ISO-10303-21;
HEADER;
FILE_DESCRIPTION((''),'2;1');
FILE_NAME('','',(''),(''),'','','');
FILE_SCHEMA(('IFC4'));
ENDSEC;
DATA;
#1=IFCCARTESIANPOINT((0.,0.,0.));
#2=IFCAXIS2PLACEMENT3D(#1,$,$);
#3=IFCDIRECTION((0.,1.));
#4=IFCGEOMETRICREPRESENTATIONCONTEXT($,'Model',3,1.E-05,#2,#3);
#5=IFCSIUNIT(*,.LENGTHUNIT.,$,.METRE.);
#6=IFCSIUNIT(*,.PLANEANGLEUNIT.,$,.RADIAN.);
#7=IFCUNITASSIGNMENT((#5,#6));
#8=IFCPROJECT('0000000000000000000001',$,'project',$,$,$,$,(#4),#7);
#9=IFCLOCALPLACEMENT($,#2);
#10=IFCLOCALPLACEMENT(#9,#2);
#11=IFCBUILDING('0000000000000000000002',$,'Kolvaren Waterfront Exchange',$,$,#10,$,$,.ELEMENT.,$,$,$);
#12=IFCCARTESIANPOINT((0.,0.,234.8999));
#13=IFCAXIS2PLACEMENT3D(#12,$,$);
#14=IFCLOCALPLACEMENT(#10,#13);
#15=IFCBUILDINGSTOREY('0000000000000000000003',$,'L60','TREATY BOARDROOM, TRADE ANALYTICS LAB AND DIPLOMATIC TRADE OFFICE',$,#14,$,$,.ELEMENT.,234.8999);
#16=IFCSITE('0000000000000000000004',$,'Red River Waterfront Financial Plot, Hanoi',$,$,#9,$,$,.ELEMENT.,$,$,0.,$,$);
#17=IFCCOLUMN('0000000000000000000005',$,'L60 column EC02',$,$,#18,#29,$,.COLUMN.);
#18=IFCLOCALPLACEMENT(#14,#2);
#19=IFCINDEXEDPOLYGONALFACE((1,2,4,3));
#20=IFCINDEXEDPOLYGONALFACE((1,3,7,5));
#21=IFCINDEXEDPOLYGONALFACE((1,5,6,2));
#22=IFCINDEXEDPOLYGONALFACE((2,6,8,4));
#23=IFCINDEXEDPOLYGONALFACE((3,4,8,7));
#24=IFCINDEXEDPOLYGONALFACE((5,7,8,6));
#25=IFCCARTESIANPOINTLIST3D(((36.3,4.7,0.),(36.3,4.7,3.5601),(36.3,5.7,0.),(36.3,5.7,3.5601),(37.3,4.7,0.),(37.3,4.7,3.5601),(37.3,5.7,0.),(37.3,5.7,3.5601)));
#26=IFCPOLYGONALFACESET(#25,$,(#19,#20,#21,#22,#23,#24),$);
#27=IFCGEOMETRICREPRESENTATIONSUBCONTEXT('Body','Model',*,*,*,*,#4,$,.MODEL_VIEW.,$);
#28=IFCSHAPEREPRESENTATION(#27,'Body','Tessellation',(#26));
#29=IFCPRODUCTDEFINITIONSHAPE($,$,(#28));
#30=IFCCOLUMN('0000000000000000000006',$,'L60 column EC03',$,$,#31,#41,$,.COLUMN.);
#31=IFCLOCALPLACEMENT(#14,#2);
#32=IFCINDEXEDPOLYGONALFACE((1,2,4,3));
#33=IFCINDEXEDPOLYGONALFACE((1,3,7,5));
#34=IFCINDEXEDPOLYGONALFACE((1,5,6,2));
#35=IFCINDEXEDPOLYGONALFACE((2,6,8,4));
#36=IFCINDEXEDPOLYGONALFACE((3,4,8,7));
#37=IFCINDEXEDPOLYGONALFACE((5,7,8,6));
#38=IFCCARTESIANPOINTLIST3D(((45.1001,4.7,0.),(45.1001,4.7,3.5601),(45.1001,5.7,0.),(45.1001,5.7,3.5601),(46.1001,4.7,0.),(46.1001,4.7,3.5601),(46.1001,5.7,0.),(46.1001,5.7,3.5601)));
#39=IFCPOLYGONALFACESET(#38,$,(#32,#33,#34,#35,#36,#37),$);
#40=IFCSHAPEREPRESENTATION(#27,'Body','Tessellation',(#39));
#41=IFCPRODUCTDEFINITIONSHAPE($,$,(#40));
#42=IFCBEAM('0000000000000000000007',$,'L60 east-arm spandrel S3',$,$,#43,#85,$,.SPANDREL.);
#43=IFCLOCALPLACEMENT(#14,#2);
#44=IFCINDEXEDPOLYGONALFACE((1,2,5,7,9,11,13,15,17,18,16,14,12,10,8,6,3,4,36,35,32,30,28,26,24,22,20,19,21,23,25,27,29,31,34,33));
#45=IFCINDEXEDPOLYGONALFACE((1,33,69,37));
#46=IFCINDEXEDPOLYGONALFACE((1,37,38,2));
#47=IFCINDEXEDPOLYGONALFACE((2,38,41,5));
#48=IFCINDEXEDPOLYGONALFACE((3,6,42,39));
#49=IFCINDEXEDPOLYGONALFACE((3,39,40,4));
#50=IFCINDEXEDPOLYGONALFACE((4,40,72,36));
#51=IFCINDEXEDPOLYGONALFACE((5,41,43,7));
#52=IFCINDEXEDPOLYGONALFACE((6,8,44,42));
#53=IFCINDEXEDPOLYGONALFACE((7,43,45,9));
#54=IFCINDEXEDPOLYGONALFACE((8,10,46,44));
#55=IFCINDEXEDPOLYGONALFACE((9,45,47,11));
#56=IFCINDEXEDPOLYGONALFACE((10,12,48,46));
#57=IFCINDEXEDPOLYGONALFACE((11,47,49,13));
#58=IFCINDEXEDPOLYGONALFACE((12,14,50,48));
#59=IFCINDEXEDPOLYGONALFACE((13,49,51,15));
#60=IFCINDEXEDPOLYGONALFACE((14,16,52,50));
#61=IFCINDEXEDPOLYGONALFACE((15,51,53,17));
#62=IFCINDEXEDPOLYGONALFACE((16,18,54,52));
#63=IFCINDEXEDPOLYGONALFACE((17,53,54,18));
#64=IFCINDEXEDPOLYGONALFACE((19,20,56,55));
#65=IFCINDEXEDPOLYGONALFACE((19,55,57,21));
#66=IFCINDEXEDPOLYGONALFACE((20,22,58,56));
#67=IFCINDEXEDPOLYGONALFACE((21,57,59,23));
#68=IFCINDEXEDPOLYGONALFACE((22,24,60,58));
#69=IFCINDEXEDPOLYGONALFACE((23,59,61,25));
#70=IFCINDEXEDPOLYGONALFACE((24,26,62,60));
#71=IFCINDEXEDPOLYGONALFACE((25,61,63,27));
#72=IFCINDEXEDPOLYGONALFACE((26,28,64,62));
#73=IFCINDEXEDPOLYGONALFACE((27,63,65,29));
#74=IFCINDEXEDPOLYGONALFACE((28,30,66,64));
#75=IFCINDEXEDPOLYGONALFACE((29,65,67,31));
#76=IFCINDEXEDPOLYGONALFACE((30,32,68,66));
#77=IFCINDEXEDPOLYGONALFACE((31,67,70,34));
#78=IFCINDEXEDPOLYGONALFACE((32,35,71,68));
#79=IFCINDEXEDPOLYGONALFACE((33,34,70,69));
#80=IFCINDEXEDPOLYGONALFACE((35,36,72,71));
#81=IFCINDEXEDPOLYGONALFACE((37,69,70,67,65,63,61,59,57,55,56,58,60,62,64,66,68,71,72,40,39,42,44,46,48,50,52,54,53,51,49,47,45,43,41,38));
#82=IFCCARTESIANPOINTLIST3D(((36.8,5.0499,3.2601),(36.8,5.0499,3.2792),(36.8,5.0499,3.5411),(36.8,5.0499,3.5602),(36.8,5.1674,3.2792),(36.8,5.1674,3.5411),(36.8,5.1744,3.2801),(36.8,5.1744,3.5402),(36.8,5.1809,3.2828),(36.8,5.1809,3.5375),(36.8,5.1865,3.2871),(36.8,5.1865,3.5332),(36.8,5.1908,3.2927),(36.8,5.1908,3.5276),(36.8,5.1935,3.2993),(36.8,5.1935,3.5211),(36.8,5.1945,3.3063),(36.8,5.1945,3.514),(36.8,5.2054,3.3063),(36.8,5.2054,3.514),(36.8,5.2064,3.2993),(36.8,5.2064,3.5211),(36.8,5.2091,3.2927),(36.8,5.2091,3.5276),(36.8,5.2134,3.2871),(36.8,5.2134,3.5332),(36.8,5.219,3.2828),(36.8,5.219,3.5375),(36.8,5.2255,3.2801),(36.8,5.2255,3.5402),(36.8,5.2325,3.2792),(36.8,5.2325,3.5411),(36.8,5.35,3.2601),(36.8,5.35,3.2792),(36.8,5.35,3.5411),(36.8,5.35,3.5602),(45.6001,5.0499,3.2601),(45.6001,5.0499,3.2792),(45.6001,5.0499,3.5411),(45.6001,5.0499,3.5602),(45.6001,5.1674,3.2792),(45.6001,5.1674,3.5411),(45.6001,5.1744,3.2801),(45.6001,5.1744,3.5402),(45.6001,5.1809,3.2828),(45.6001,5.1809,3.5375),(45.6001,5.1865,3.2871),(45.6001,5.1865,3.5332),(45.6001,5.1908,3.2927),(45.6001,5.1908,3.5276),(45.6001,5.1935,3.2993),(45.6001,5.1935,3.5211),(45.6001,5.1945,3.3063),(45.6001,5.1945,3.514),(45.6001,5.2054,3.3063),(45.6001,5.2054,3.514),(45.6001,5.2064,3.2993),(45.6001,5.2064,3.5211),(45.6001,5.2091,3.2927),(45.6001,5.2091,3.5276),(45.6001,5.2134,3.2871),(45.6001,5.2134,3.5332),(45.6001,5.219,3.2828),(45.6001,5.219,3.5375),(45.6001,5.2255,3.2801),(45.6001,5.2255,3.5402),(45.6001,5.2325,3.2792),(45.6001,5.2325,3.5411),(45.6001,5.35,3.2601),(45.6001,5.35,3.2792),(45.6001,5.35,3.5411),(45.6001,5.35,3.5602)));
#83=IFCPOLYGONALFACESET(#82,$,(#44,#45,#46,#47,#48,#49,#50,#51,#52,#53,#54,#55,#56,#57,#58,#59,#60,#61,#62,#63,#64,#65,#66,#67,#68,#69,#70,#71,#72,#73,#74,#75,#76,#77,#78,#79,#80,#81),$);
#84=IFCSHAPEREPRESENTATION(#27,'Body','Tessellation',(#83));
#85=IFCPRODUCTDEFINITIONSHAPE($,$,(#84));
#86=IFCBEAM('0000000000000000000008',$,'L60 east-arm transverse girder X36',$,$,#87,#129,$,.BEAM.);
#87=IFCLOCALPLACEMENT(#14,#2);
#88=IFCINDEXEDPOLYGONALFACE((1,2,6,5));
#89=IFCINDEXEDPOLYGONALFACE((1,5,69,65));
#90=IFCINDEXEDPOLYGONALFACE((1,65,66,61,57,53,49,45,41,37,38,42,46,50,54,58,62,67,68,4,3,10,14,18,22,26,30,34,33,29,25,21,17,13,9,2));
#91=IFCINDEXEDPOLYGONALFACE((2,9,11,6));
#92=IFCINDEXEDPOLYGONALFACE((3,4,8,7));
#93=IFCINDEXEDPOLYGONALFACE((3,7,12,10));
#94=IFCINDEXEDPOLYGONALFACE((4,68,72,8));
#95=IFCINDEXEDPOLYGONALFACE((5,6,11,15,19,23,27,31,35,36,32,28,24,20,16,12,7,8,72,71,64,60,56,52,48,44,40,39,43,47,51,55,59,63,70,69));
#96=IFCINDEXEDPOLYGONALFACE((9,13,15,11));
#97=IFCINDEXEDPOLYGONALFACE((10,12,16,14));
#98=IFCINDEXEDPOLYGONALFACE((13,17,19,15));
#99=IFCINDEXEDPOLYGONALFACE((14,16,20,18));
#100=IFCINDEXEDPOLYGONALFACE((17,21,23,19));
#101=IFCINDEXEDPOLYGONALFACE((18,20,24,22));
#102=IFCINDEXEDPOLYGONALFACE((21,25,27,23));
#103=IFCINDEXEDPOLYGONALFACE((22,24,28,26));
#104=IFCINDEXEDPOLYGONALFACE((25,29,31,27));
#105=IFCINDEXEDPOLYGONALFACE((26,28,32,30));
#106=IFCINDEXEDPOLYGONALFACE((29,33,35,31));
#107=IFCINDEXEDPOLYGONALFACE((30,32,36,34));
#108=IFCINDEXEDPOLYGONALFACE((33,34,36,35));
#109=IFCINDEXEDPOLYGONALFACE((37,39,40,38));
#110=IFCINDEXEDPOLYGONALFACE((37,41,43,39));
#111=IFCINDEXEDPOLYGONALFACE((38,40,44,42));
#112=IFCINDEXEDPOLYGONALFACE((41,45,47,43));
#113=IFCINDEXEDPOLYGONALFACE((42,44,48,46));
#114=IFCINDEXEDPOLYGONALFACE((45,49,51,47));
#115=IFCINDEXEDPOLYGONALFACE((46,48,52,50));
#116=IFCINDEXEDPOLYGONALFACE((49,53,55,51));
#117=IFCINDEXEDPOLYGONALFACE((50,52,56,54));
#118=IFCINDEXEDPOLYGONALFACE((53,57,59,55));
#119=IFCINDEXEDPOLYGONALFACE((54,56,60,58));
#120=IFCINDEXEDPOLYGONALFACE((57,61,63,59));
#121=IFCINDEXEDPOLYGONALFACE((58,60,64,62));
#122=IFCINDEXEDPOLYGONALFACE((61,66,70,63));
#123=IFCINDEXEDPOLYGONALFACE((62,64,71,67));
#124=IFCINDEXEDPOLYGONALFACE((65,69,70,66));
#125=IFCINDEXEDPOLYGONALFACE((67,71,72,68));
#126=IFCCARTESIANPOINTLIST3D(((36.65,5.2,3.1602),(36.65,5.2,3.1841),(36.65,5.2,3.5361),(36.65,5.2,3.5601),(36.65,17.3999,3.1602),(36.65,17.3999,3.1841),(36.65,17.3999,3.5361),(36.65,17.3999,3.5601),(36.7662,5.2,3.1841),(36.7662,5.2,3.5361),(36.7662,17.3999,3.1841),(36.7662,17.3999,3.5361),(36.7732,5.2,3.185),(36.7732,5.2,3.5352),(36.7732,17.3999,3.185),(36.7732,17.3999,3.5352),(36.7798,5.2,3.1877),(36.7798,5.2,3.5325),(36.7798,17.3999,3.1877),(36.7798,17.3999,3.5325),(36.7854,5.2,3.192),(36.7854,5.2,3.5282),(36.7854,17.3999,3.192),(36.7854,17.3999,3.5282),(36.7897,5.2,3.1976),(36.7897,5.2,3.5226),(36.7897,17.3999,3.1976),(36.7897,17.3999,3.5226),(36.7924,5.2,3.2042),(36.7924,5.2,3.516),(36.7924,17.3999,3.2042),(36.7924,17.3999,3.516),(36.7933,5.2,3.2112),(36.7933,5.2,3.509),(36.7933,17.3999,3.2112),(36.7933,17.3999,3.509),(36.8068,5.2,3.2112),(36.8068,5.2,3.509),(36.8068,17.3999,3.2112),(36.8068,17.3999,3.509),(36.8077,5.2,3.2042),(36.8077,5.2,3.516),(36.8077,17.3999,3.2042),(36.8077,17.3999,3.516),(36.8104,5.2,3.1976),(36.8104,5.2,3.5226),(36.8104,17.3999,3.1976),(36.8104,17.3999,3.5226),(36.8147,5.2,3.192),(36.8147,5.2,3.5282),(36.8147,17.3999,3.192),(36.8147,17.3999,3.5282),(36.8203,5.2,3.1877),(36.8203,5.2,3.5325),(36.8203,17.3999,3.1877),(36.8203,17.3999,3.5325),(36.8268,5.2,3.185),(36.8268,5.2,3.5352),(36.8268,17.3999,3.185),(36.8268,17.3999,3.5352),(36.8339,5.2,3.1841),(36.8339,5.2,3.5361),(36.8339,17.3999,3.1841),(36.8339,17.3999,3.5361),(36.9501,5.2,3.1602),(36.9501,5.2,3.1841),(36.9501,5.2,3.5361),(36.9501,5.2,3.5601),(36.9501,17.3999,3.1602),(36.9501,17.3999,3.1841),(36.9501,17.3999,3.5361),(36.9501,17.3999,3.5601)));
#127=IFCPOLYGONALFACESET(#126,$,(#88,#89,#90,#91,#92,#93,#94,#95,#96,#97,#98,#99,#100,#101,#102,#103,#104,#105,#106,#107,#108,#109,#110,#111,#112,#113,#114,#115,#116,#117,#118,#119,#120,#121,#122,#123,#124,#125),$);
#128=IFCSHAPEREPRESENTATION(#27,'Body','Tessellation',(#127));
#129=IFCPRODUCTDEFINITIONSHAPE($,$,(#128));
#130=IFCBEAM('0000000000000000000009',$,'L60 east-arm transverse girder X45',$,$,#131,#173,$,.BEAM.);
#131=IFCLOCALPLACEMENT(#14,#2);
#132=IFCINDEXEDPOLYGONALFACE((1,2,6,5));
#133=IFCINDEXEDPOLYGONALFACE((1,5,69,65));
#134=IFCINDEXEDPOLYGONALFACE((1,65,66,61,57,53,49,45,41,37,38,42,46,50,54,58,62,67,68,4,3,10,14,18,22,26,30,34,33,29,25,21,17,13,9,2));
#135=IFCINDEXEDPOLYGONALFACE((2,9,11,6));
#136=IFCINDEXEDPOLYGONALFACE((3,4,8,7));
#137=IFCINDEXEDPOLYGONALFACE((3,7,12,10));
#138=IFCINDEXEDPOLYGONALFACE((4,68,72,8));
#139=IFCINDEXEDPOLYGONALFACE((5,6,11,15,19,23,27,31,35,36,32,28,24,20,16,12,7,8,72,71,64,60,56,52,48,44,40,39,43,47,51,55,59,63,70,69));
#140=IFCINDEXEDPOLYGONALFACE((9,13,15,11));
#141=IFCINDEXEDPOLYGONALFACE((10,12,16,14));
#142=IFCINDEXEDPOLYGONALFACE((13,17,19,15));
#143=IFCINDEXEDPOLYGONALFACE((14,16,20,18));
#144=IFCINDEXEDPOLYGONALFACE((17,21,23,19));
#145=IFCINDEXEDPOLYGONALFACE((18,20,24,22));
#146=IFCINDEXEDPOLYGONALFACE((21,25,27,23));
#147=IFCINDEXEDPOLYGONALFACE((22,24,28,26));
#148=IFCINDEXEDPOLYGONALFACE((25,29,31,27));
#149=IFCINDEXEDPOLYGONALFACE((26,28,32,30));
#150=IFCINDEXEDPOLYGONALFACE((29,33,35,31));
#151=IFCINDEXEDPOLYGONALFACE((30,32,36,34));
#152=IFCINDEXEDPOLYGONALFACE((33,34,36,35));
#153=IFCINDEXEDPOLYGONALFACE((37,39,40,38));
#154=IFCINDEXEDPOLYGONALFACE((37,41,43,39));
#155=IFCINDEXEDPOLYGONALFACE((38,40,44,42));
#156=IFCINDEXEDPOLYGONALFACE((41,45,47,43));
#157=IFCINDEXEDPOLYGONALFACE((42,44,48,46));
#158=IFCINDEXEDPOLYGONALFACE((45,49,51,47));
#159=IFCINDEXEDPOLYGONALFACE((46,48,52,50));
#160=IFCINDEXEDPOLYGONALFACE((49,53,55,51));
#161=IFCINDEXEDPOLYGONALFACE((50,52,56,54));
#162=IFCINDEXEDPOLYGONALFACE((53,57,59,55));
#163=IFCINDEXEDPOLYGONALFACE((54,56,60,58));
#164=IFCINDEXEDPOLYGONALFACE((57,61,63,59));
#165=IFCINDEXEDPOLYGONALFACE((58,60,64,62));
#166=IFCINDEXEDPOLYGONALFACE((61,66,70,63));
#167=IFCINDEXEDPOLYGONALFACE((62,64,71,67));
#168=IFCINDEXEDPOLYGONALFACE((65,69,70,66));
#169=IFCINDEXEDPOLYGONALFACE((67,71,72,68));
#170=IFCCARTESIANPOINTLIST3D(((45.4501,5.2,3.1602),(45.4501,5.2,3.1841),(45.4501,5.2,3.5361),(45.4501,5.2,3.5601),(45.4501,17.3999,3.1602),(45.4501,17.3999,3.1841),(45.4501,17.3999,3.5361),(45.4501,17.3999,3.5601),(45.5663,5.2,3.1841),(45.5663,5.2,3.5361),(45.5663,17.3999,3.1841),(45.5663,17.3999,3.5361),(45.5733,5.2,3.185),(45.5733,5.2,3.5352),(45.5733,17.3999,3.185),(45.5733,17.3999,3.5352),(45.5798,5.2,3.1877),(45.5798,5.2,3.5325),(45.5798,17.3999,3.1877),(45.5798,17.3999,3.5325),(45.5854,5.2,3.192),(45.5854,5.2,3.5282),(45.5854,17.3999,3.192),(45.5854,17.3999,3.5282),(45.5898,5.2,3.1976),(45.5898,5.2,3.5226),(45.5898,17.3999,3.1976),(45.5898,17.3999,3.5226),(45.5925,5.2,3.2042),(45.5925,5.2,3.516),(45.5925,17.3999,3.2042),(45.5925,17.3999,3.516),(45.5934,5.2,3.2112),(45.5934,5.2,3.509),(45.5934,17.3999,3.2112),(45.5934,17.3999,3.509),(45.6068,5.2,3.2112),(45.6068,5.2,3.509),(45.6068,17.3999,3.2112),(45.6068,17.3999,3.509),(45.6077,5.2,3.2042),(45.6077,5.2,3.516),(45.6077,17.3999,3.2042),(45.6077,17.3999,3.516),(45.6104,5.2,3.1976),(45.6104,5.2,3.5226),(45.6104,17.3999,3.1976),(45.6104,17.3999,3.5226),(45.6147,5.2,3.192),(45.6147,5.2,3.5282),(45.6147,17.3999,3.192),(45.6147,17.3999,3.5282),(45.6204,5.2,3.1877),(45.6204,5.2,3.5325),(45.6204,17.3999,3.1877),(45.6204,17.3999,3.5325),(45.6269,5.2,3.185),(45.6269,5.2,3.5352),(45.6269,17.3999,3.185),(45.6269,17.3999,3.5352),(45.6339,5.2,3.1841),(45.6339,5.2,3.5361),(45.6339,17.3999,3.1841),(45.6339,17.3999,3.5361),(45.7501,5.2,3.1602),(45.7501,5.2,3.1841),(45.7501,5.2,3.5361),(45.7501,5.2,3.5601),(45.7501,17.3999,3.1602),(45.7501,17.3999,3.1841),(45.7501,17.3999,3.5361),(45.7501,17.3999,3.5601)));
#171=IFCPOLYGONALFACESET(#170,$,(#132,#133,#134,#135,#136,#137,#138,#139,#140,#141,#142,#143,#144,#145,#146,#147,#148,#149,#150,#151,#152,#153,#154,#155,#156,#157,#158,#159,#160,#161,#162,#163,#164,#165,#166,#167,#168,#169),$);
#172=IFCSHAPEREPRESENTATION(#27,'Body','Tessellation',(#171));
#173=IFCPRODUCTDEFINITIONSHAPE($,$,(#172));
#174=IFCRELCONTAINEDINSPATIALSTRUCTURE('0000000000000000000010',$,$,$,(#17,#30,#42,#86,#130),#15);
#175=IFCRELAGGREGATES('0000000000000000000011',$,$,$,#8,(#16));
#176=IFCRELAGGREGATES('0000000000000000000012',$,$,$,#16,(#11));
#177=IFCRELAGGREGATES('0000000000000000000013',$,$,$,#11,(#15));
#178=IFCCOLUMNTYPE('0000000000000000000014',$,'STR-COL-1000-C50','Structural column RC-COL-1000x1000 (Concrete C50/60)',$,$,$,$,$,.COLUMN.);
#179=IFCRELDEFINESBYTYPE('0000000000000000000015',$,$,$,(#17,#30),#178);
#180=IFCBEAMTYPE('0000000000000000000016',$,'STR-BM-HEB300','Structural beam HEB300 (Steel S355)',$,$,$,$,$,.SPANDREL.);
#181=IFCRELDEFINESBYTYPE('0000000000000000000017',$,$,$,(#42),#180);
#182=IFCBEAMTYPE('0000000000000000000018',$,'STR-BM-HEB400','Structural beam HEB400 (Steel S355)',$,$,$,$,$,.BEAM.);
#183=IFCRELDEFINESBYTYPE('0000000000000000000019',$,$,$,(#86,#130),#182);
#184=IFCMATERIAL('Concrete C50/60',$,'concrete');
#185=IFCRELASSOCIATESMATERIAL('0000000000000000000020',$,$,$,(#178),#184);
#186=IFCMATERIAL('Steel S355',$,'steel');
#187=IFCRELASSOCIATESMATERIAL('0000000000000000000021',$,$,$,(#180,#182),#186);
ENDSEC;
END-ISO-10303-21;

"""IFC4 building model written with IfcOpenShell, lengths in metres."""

from ifc_helpers import new_model, si_unit, direction, frame, origin, origin_2d, place, context, subcontext, project, spatial, rectangle, i_section, extrude, material, material_profile, profile_set, type_object, element, save


model = new_model("IFC4")

# Units and contexts
model_context = context("Model", 3, precision=1e-05, world=origin(), true_north=direction((0.0, 1.0)))
body_context = subcontext(model_context, "Body", "Model", "MODEL_VIEW")
ifc_project = project(units=[si_unit("LENGTHUNIT", "METRE"), si_unit("PLANEANGLEUNIT", "RADIAN")], contexts=[model_context])

# Site, building, storey
site_placement = place(None, origin())
site = spatial("IfcSite", under=ifc_project, at=site_placement, Name="Red River Waterfront Financial Plot, Hanoi", CompositionType="ELEMENT", RefElevation=0.0)
building_placement = place(site_placement, origin())
building = spatial("IfcBuilding", under=site, at=building_placement, Name="Kolvaren Waterfront Exchange", CompositionType="ELEMENT")
storey_placement = place(building_placement, frame((0.0, 0.0, 234.8999)))
storey = spatial("IfcBuildingStorey", under=building, at=storey_placement, Name="L60", Description="TREATY BOARDROOM, TRADE ANALYTICS LAB AND DIPLOMATIC TRADE OFFICE", CompositionType="ELEMENT", Elevation=234.8999)

# Columns
ifc_material_1 = material(Name="Concrete C50/60", Category="concrete")
ifc_material_profile_1 = material_profile(ifc_material_1, rectangle(XDim=1.0, YDim=1.0, at=origin_2d()), Name="RC-COL-1000x1000")
ifc_profile_set_1 = profile_set([ifc_material_profile_1], Name="Concrete C50/60")
column_type = type_object("IfcColumnType", Name="STR-COL-1000-C50", Description="Structural column RC-COL-1000x1000 (Concrete C50/60)", PredefinedType="COLUMN", material=ifc_profile_set_1)
for number, where, z_axis, x_axis, name in (
    (1, (36.8, 5.2, 0.0), (0.0, 0.0, 1.0), (1.0, 0.0, 0.0), "L60 column EC02"),
    (2, (45.6001, 5.2, 0.0), (0.0, 0.0, 1.0), (1.0, 0.0, 0.0), "L60 column EC03"),
):
    element("IfcColumn", number, at=place(storey_placement, frame(where, z_axis=z_axis, x_axis=x_axis)), inside=storey, type_object=column_type, Name=name, PredefinedType="COLUMN", context=body_context, shape_type="SweptSolid", body=[
        extrude(rectangle(XDim=1.0, YDim=1.0, at=origin_2d()), origin(), (0.0, 0.0, 1.0), 3.5601),
    ])

# Beams
ifc_material_2 = material(Name="Steel S355", Category="steel")
ifc_material_profile_2 = material_profile(ifc_material_2, i_section(OverallWidth=0.3, OverallDepth=0.3, WebThickness=0.011, FlangeThickness=0.019, FilletRadius=0.0271, at=origin_2d()), Name="HEB300")
ifc_profile_set_2 = profile_set([ifc_material_profile_2], Name="Steel S355")
beam_type_1 = type_object("IfcBeamType", Name="STR-BM-HEB300", Description="Structural beam HEB300 (Steel S355)", PredefinedType="SPANDREL", material=ifc_profile_set_2)
beam_1_placement = place(storey_placement, frame((36.8, 5.2, 3.4102), z_axis=(1.0, 0.0, 0.0), x_axis=(0.0, 1.0, 0.0)))
element("IfcBeam", 3, at=beam_1_placement, inside=storey, type_object=beam_type_1, Name="L60 east-arm spandrel S3", PredefinedType="SPANDREL", context=body_context, shape_type="SweptSolid", body=[
    extrude(i_section(OverallWidth=0.3, OverallDepth=0.3, WebThickness=0.011, FlangeThickness=0.019, FilletRadius=0.0271, at=origin_2d()), origin(), (0.0, 0.0, 1.0), 8.8),
])
ifc_material_profile_3 = material_profile(ifc_material_2, i_section(OverallWidth=0.3, OverallDepth=0.3999, WebThickness=0.0134, FlangeThickness=0.0239, FilletRadius=0.0271, at=origin_2d()), Name="HEB400")
ifc_profile_set_3 = profile_set([ifc_material_profile_3], Name="Steel S355")
beam_type_2 = type_object("IfcBeamType", Name="STR-BM-HEB400", Description="Structural beam HEB400 (Steel S355)", PredefinedType="BEAM", material=ifc_profile_set_3)
for number, where, z_axis, x_axis, name in (
    (4, (36.8, 5.2, 3.3601), (0.0, 1.0, 0.0), (-1.0, 0.0, 0.0), "L60 east-arm transverse girder X36"),
    (5, (45.6001, 5.2, 3.3601), (0.0, 1.0, 0.0), (-1.0, 0.0, 0.0), "L60 east-arm transverse girder X45"),
):
    element("IfcBeam", number, at=place(storey_placement, frame(where, z_axis=z_axis, x_axis=x_axis)), inside=storey, type_object=beam_type_2, Name=name, PredefinedType="BEAM", context=body_context, shape_type="SweptSolid", body=[
        extrude(i_section(OverallWidth=0.3, OverallDepth=0.3999, WebThickness=0.0134, FlangeThickness=0.0239, FilletRadius=0.0271, at=origin_2d()), origin(), (0.0, 0.0, 1.0), 12.2),
    ])

save(model, "model.ifc")
